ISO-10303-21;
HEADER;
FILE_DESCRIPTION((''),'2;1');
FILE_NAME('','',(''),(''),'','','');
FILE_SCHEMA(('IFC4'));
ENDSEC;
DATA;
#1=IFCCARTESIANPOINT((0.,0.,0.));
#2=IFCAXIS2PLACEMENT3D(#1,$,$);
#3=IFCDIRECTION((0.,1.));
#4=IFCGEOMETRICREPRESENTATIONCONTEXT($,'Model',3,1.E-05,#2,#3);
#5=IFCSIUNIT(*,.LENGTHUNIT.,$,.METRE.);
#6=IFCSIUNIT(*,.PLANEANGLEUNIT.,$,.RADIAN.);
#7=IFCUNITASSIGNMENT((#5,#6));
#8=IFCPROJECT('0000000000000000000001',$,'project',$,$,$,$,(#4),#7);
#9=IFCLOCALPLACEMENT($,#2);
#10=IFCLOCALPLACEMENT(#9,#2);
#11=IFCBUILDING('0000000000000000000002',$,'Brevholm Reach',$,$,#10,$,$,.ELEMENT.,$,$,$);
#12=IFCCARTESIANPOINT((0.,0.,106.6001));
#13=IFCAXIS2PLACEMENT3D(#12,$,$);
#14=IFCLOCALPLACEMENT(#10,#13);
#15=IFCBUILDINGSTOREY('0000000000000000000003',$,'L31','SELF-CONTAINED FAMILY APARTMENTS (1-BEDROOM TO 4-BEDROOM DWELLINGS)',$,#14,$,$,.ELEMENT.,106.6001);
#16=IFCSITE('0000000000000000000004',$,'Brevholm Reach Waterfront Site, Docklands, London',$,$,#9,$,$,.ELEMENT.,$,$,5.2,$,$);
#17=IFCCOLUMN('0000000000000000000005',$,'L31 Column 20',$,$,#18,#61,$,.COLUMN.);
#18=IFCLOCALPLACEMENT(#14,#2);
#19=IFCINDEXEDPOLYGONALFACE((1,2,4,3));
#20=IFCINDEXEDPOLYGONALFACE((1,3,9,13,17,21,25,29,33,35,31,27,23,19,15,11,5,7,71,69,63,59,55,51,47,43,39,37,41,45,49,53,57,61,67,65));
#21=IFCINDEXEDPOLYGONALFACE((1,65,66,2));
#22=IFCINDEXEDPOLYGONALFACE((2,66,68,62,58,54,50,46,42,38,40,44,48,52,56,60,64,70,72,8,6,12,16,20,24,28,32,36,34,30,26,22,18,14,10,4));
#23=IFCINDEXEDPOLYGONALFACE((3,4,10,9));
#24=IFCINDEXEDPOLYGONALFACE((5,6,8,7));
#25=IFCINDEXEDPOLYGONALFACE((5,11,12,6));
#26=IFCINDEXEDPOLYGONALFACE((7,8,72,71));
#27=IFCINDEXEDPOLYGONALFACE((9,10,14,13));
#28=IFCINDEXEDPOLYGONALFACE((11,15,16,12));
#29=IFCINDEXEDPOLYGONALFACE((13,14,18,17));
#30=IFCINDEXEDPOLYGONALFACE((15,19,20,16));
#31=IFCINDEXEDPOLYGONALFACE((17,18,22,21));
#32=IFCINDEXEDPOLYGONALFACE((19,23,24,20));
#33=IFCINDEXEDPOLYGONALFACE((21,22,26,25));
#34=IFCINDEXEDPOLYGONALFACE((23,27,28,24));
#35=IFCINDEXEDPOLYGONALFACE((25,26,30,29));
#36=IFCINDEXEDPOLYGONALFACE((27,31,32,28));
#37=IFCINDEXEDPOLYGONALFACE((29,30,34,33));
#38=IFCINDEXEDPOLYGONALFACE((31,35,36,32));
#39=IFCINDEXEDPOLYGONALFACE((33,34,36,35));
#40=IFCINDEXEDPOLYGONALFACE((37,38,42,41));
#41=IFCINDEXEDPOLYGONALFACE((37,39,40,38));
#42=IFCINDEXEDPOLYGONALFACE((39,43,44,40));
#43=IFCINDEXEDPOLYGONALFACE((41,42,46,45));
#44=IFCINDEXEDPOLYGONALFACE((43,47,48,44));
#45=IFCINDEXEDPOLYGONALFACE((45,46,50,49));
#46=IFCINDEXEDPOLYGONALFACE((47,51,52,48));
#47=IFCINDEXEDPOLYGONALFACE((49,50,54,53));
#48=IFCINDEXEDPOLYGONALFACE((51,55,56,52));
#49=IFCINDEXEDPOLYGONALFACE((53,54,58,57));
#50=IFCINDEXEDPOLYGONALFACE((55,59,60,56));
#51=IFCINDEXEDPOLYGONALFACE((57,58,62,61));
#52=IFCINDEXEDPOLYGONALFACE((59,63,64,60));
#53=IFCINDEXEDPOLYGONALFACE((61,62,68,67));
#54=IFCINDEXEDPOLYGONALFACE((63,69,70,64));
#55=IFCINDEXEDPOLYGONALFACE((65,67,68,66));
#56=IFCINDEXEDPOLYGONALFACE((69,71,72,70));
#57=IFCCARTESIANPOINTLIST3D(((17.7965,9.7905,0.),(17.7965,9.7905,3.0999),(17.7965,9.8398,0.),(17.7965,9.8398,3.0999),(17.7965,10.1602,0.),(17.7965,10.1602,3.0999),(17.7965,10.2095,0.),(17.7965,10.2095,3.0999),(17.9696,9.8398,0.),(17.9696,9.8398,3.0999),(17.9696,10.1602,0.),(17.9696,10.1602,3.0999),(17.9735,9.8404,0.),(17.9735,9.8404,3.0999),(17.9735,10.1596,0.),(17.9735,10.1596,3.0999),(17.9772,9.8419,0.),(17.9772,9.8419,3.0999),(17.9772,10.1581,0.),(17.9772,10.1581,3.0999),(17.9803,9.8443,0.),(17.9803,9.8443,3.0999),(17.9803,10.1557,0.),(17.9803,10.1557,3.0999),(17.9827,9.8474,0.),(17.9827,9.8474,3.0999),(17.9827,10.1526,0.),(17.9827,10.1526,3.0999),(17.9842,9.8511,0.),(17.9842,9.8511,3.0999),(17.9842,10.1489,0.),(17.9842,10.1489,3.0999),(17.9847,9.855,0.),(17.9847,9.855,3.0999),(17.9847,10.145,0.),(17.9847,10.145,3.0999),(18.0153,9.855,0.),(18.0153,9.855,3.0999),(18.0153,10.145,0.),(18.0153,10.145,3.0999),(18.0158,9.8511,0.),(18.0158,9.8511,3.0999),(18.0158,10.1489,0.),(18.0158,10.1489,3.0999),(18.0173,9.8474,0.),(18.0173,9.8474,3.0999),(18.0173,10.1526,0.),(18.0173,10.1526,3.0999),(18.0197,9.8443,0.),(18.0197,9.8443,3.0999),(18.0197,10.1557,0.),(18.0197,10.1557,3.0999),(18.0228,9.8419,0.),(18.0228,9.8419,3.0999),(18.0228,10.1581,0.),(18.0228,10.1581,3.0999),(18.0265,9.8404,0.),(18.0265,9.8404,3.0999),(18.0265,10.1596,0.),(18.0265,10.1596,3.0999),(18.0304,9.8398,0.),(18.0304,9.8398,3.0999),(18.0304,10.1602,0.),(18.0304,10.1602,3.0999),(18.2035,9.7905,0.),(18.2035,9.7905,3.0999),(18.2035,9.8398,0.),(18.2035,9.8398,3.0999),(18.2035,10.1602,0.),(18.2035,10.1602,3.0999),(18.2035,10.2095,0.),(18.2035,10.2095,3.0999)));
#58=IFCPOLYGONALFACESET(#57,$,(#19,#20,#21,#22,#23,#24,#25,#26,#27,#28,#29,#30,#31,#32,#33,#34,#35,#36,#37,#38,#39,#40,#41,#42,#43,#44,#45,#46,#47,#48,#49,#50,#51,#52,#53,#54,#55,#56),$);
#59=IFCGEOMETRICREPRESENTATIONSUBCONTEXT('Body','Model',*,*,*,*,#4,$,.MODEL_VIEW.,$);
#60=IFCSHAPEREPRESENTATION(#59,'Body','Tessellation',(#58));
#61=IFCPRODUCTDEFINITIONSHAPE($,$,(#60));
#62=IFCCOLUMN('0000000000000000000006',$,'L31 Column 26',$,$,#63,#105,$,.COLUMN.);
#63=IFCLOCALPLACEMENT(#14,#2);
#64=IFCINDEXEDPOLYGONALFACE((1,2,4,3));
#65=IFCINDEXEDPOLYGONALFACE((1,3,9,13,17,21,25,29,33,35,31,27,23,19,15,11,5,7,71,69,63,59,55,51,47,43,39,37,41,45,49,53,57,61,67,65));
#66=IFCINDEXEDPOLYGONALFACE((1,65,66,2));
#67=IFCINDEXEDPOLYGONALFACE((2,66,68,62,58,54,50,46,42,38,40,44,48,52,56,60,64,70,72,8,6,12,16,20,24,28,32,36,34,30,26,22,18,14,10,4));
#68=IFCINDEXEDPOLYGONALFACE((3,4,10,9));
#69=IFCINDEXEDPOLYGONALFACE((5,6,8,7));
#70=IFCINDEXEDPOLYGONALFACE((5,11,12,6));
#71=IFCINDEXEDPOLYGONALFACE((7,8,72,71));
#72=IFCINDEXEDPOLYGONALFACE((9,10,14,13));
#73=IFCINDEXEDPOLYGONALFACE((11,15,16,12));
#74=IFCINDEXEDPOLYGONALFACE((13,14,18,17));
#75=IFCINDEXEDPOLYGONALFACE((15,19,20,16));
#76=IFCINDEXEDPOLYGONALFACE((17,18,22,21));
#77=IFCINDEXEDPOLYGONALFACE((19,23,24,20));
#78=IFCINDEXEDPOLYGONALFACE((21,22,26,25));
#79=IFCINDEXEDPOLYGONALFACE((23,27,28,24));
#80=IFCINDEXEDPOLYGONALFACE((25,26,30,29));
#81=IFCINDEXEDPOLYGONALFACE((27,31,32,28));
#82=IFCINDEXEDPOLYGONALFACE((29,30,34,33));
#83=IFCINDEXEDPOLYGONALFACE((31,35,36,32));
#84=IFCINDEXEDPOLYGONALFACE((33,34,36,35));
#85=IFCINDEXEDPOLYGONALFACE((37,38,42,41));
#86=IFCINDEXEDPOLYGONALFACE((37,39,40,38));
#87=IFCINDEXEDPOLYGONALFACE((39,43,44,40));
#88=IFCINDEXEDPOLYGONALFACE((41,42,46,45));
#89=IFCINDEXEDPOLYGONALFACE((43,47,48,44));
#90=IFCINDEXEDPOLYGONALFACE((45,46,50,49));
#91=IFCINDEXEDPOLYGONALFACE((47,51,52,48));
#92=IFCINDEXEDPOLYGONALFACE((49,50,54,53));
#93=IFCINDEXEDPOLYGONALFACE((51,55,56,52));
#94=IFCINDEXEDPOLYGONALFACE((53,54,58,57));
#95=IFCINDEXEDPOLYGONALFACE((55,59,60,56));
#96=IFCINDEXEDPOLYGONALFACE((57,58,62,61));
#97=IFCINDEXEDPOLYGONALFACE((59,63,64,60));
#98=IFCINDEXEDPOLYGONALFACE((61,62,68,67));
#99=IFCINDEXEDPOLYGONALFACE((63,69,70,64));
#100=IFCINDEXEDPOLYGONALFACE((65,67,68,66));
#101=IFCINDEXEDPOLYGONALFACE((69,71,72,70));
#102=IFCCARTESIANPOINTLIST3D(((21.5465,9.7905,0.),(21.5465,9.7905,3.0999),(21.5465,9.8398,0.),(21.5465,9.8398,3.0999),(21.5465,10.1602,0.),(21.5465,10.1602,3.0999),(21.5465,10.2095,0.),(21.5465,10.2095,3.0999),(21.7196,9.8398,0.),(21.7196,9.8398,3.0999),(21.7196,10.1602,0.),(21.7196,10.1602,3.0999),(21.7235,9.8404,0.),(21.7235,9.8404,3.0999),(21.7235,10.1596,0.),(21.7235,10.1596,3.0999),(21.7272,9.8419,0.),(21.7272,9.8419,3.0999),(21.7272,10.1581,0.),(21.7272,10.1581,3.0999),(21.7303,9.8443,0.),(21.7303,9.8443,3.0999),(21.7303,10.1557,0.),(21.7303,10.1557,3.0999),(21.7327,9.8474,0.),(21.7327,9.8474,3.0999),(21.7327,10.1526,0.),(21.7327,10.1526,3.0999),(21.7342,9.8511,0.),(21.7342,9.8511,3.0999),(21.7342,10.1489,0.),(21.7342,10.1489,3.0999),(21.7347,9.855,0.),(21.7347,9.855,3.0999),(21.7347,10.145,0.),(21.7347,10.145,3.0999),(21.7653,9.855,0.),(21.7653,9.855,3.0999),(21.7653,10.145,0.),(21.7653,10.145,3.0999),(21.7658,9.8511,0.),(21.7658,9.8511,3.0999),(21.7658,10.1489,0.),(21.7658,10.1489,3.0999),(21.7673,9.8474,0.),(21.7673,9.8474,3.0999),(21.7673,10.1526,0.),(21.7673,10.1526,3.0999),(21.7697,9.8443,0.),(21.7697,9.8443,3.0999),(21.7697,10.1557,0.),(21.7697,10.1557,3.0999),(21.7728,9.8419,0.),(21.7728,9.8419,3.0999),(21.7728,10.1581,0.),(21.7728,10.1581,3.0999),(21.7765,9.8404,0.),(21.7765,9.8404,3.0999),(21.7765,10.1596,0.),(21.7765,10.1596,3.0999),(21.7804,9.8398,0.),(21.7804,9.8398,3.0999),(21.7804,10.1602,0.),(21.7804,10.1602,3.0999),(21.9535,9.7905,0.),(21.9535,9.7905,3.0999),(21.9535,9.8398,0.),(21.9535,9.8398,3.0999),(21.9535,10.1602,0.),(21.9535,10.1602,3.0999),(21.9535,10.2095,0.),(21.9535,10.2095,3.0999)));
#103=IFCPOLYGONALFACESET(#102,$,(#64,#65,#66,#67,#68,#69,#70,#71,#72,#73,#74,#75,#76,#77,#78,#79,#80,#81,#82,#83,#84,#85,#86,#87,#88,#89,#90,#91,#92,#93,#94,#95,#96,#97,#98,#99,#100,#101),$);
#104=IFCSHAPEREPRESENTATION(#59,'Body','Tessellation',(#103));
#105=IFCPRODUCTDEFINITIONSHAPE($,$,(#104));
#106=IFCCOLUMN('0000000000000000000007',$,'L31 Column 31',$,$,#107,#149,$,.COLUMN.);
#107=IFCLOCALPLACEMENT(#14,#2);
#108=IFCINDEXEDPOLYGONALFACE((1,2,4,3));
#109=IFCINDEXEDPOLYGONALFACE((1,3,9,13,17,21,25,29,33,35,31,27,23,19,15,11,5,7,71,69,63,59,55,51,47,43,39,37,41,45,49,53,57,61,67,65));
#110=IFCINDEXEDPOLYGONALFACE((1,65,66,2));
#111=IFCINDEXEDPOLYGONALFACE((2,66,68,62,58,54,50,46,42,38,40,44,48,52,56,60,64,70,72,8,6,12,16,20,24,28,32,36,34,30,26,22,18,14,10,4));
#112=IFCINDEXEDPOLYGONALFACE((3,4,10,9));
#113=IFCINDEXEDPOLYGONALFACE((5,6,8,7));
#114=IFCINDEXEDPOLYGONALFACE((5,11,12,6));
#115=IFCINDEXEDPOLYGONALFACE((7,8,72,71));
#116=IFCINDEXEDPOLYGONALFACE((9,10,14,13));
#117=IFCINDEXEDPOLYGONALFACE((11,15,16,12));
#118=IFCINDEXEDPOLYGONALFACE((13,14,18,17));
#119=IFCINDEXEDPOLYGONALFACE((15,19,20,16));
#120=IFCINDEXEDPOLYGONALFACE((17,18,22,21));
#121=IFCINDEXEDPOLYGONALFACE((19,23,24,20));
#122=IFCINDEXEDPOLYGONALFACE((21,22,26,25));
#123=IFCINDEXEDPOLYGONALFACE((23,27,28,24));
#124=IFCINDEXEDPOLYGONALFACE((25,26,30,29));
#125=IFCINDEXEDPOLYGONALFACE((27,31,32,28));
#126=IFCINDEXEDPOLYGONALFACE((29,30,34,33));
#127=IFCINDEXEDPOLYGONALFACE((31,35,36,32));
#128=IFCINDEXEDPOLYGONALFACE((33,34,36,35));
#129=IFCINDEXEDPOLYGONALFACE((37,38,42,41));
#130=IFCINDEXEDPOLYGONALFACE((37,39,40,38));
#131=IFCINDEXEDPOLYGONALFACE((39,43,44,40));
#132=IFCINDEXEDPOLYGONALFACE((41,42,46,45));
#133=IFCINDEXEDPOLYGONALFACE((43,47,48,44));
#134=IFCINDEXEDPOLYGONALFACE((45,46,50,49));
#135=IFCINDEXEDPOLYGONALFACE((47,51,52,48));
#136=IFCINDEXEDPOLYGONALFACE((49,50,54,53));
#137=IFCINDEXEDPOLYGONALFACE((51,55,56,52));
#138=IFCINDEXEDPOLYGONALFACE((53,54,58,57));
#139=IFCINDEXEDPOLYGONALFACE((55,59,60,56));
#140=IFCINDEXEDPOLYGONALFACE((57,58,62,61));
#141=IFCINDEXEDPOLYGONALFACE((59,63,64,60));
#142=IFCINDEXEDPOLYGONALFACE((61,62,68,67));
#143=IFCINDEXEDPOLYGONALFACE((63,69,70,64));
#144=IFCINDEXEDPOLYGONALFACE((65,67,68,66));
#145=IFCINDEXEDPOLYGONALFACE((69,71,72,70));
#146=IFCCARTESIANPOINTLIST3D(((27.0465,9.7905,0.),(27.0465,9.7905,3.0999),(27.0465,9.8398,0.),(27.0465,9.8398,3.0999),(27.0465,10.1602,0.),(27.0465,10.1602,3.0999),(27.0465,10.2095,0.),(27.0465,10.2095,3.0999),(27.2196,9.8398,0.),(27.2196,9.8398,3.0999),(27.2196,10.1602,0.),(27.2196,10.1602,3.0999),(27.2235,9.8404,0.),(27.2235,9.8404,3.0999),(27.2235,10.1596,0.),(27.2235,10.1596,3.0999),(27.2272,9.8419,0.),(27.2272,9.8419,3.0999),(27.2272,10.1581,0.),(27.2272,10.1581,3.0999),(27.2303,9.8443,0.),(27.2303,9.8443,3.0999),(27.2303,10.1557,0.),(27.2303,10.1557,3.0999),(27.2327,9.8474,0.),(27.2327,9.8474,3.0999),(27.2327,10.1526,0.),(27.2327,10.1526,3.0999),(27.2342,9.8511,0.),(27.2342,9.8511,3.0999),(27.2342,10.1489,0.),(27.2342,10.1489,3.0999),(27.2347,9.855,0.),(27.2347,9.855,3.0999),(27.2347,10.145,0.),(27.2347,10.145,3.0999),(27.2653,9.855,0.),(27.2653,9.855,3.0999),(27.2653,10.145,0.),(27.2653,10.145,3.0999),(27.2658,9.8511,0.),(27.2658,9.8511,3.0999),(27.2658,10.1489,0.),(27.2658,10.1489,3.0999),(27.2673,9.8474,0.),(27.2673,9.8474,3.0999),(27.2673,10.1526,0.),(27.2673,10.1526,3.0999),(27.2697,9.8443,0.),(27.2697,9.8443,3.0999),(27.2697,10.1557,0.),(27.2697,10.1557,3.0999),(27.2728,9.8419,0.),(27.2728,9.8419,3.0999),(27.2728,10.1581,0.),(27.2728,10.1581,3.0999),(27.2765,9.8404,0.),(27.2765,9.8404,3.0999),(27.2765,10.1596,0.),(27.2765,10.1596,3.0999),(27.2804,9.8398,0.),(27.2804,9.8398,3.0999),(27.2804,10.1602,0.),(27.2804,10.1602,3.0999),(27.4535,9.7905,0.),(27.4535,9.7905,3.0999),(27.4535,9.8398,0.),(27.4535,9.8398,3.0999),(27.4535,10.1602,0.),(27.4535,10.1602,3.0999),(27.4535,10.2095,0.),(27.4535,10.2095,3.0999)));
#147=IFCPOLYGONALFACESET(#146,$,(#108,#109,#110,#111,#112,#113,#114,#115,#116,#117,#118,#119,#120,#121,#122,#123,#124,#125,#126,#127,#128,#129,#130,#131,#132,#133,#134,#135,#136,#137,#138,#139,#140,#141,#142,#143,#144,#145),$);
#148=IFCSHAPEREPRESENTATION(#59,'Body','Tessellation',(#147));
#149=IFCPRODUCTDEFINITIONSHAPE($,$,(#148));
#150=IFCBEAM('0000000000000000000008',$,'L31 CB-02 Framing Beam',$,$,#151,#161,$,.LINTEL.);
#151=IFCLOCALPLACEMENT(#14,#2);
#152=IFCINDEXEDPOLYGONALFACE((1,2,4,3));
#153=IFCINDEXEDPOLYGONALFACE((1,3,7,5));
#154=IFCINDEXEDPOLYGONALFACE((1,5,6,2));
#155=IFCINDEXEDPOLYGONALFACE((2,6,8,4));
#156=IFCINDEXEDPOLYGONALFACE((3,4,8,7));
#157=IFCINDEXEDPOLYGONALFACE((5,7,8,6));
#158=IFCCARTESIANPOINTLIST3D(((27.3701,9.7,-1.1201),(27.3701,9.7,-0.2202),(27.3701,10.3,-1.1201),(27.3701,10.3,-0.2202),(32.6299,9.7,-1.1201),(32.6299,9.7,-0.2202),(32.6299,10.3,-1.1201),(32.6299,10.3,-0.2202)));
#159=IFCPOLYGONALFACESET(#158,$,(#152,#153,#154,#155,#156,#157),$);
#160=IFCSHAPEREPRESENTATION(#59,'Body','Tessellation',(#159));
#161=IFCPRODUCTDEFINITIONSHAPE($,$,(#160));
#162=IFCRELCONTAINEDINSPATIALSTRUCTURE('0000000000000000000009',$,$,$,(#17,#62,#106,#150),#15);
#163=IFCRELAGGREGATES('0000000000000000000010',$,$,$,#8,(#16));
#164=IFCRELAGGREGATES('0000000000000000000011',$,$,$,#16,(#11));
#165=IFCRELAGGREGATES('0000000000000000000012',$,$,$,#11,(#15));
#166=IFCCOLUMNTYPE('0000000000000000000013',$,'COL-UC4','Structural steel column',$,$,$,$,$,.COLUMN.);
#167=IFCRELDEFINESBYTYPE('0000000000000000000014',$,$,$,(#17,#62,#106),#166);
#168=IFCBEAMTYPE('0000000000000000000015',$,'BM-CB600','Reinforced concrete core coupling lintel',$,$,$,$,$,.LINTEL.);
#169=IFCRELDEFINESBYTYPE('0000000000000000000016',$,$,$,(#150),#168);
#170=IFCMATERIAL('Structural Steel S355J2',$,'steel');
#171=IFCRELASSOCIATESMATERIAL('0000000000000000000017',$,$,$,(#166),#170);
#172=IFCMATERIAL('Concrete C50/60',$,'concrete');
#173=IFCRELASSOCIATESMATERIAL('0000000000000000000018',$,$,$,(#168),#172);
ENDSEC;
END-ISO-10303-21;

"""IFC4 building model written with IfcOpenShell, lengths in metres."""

from ifc_helpers import new_model, si_unit, direction, frame, origin, origin_2d, place, context, subcontext, project, spatial, rectangle, i_section, extrude, material, material_profile, profile_set, type_object, element, save


model = new_model("IFC4")

# Units and contexts
model_context = context("Model", 3, precision=1e-05, world=origin(), true_north=direction((0.0, 1.0)))
body_context = subcontext(model_context, "Body", "Model", "MODEL_VIEW")
ifc_project = project(units=[si_unit("LENGTHUNIT", "METRE"), si_unit("PLANEANGLEUNIT", "RADIAN")], contexts=[model_context])

# Site, building, storey
site_placement = place(None, origin())
site = spatial("IfcSite", under=ifc_project, at=site_placement, Name="Brevholm Reach Waterfront Site, Docklands, London", CompositionType="ELEMENT", RefElevation=5.2)
building_placement = place(site_placement, origin())
building = spatial("IfcBuilding", under=site, at=building_placement, Name="Brevholm Reach", CompositionType="ELEMENT")
storey_placement = place(building_placement, frame((0.0, 0.0, 106.6001)))
storey = spatial("IfcBuildingStorey", under=building, at=storey_placement, Name="L31", Description="SELF-CONTAINED FAMILY APARTMENTS (1-BEDROOM TO 4-BEDROOM DWELLINGS)", CompositionType="ELEMENT", Elevation=106.6001)

# Columns
ifc_material_1 = material(Name="Structural Steel S355J2", Category="steel")
ifc_material_profile_1 = material_profile(ifc_material_1, i_section(OverallWidth=0.407, OverallDepth=0.4189, WebThickness=0.0305, FlangeThickness=0.0493, FilletRadius=0.0151, at=origin_2d()), Name="UKC 356x406x393")
ifc_profile_set_1 = profile_set([ifc_material_profile_1], Name="Structural Steel S355J2")
column_type = type_object("IfcColumnType", Name="COL-UC4", Description="Structural steel column", PredefinedType="COLUMN", material=ifc_profile_set_1)
for number, where, z_axis, x_axis, name in (
    (1, (18.0, 10.0, 0.0), (0.0, 0.0, 1.0), (1.0, 0.0, 0.0), "L31 Column 20"),
    (2, (21.75, 10.0, 0.0), (0.0, 0.0, 1.0), (1.0, 0.0, 0.0), "L31 Column 26"),
    (3, (27.25, 10.0, 0.0), (0.0, 0.0, 1.0), (1.0, 0.0, 0.0), "L31 Column 31"),
):
    element("IfcColumn", number, at=place(storey_placement, frame(where, z_axis=z_axis, x_axis=x_axis)), inside=storey, type_object=column_type, Name=name, PredefinedType="COLUMN", context=body_context, shape_type="SweptSolid", body=[
        extrude(i_section(OverallWidth=0.407, OverallDepth=0.4189, WebThickness=0.0305, FlangeThickness=0.0493, FilletRadius=0.0151, at=origin_2d()), origin(), (0.0, 0.0, 1.0), 3.0999),
    ])

# Beam
ifc_material_2 = material(Name="Concrete C50/60", Category="concrete")
ifc_material_profile_2 = material_profile(ifc_material_2, rectangle(XDim=0.6001, YDim=0.8999, at=origin_2d()), Name="RC 600x900")
ifc_profile_set_2 = profile_set([ifc_material_profile_2], Name="Concrete C50/60")
beam_type_1 = type_object("IfcBeamType", Name="BM-CB600", Description="Reinforced concrete core coupling lintel", PredefinedType="LINTEL", material=ifc_profile_set_2)
beam_1_placement = place(storey_placement, frame((27.3701, 10.0, -0.6702), z_axis=(1.0, 0.0, 0.0), x_axis=(0.0, 1.0, 0.0)))
element("IfcBeam", 4, at=beam_1_placement, inside=storey, type_object=beam_type_1, Name="L31 CB-02 Framing Beam", PredefinedType="LINTEL", context=body_context, shape_type="SweptSolid", body=[
    extrude(rectangle(XDim=0.6001, YDim=0.8999, at=origin_2d()), origin(), (0.0, 0.0, 1.0), 5.2598),
])

save(model, "model.ifc")
